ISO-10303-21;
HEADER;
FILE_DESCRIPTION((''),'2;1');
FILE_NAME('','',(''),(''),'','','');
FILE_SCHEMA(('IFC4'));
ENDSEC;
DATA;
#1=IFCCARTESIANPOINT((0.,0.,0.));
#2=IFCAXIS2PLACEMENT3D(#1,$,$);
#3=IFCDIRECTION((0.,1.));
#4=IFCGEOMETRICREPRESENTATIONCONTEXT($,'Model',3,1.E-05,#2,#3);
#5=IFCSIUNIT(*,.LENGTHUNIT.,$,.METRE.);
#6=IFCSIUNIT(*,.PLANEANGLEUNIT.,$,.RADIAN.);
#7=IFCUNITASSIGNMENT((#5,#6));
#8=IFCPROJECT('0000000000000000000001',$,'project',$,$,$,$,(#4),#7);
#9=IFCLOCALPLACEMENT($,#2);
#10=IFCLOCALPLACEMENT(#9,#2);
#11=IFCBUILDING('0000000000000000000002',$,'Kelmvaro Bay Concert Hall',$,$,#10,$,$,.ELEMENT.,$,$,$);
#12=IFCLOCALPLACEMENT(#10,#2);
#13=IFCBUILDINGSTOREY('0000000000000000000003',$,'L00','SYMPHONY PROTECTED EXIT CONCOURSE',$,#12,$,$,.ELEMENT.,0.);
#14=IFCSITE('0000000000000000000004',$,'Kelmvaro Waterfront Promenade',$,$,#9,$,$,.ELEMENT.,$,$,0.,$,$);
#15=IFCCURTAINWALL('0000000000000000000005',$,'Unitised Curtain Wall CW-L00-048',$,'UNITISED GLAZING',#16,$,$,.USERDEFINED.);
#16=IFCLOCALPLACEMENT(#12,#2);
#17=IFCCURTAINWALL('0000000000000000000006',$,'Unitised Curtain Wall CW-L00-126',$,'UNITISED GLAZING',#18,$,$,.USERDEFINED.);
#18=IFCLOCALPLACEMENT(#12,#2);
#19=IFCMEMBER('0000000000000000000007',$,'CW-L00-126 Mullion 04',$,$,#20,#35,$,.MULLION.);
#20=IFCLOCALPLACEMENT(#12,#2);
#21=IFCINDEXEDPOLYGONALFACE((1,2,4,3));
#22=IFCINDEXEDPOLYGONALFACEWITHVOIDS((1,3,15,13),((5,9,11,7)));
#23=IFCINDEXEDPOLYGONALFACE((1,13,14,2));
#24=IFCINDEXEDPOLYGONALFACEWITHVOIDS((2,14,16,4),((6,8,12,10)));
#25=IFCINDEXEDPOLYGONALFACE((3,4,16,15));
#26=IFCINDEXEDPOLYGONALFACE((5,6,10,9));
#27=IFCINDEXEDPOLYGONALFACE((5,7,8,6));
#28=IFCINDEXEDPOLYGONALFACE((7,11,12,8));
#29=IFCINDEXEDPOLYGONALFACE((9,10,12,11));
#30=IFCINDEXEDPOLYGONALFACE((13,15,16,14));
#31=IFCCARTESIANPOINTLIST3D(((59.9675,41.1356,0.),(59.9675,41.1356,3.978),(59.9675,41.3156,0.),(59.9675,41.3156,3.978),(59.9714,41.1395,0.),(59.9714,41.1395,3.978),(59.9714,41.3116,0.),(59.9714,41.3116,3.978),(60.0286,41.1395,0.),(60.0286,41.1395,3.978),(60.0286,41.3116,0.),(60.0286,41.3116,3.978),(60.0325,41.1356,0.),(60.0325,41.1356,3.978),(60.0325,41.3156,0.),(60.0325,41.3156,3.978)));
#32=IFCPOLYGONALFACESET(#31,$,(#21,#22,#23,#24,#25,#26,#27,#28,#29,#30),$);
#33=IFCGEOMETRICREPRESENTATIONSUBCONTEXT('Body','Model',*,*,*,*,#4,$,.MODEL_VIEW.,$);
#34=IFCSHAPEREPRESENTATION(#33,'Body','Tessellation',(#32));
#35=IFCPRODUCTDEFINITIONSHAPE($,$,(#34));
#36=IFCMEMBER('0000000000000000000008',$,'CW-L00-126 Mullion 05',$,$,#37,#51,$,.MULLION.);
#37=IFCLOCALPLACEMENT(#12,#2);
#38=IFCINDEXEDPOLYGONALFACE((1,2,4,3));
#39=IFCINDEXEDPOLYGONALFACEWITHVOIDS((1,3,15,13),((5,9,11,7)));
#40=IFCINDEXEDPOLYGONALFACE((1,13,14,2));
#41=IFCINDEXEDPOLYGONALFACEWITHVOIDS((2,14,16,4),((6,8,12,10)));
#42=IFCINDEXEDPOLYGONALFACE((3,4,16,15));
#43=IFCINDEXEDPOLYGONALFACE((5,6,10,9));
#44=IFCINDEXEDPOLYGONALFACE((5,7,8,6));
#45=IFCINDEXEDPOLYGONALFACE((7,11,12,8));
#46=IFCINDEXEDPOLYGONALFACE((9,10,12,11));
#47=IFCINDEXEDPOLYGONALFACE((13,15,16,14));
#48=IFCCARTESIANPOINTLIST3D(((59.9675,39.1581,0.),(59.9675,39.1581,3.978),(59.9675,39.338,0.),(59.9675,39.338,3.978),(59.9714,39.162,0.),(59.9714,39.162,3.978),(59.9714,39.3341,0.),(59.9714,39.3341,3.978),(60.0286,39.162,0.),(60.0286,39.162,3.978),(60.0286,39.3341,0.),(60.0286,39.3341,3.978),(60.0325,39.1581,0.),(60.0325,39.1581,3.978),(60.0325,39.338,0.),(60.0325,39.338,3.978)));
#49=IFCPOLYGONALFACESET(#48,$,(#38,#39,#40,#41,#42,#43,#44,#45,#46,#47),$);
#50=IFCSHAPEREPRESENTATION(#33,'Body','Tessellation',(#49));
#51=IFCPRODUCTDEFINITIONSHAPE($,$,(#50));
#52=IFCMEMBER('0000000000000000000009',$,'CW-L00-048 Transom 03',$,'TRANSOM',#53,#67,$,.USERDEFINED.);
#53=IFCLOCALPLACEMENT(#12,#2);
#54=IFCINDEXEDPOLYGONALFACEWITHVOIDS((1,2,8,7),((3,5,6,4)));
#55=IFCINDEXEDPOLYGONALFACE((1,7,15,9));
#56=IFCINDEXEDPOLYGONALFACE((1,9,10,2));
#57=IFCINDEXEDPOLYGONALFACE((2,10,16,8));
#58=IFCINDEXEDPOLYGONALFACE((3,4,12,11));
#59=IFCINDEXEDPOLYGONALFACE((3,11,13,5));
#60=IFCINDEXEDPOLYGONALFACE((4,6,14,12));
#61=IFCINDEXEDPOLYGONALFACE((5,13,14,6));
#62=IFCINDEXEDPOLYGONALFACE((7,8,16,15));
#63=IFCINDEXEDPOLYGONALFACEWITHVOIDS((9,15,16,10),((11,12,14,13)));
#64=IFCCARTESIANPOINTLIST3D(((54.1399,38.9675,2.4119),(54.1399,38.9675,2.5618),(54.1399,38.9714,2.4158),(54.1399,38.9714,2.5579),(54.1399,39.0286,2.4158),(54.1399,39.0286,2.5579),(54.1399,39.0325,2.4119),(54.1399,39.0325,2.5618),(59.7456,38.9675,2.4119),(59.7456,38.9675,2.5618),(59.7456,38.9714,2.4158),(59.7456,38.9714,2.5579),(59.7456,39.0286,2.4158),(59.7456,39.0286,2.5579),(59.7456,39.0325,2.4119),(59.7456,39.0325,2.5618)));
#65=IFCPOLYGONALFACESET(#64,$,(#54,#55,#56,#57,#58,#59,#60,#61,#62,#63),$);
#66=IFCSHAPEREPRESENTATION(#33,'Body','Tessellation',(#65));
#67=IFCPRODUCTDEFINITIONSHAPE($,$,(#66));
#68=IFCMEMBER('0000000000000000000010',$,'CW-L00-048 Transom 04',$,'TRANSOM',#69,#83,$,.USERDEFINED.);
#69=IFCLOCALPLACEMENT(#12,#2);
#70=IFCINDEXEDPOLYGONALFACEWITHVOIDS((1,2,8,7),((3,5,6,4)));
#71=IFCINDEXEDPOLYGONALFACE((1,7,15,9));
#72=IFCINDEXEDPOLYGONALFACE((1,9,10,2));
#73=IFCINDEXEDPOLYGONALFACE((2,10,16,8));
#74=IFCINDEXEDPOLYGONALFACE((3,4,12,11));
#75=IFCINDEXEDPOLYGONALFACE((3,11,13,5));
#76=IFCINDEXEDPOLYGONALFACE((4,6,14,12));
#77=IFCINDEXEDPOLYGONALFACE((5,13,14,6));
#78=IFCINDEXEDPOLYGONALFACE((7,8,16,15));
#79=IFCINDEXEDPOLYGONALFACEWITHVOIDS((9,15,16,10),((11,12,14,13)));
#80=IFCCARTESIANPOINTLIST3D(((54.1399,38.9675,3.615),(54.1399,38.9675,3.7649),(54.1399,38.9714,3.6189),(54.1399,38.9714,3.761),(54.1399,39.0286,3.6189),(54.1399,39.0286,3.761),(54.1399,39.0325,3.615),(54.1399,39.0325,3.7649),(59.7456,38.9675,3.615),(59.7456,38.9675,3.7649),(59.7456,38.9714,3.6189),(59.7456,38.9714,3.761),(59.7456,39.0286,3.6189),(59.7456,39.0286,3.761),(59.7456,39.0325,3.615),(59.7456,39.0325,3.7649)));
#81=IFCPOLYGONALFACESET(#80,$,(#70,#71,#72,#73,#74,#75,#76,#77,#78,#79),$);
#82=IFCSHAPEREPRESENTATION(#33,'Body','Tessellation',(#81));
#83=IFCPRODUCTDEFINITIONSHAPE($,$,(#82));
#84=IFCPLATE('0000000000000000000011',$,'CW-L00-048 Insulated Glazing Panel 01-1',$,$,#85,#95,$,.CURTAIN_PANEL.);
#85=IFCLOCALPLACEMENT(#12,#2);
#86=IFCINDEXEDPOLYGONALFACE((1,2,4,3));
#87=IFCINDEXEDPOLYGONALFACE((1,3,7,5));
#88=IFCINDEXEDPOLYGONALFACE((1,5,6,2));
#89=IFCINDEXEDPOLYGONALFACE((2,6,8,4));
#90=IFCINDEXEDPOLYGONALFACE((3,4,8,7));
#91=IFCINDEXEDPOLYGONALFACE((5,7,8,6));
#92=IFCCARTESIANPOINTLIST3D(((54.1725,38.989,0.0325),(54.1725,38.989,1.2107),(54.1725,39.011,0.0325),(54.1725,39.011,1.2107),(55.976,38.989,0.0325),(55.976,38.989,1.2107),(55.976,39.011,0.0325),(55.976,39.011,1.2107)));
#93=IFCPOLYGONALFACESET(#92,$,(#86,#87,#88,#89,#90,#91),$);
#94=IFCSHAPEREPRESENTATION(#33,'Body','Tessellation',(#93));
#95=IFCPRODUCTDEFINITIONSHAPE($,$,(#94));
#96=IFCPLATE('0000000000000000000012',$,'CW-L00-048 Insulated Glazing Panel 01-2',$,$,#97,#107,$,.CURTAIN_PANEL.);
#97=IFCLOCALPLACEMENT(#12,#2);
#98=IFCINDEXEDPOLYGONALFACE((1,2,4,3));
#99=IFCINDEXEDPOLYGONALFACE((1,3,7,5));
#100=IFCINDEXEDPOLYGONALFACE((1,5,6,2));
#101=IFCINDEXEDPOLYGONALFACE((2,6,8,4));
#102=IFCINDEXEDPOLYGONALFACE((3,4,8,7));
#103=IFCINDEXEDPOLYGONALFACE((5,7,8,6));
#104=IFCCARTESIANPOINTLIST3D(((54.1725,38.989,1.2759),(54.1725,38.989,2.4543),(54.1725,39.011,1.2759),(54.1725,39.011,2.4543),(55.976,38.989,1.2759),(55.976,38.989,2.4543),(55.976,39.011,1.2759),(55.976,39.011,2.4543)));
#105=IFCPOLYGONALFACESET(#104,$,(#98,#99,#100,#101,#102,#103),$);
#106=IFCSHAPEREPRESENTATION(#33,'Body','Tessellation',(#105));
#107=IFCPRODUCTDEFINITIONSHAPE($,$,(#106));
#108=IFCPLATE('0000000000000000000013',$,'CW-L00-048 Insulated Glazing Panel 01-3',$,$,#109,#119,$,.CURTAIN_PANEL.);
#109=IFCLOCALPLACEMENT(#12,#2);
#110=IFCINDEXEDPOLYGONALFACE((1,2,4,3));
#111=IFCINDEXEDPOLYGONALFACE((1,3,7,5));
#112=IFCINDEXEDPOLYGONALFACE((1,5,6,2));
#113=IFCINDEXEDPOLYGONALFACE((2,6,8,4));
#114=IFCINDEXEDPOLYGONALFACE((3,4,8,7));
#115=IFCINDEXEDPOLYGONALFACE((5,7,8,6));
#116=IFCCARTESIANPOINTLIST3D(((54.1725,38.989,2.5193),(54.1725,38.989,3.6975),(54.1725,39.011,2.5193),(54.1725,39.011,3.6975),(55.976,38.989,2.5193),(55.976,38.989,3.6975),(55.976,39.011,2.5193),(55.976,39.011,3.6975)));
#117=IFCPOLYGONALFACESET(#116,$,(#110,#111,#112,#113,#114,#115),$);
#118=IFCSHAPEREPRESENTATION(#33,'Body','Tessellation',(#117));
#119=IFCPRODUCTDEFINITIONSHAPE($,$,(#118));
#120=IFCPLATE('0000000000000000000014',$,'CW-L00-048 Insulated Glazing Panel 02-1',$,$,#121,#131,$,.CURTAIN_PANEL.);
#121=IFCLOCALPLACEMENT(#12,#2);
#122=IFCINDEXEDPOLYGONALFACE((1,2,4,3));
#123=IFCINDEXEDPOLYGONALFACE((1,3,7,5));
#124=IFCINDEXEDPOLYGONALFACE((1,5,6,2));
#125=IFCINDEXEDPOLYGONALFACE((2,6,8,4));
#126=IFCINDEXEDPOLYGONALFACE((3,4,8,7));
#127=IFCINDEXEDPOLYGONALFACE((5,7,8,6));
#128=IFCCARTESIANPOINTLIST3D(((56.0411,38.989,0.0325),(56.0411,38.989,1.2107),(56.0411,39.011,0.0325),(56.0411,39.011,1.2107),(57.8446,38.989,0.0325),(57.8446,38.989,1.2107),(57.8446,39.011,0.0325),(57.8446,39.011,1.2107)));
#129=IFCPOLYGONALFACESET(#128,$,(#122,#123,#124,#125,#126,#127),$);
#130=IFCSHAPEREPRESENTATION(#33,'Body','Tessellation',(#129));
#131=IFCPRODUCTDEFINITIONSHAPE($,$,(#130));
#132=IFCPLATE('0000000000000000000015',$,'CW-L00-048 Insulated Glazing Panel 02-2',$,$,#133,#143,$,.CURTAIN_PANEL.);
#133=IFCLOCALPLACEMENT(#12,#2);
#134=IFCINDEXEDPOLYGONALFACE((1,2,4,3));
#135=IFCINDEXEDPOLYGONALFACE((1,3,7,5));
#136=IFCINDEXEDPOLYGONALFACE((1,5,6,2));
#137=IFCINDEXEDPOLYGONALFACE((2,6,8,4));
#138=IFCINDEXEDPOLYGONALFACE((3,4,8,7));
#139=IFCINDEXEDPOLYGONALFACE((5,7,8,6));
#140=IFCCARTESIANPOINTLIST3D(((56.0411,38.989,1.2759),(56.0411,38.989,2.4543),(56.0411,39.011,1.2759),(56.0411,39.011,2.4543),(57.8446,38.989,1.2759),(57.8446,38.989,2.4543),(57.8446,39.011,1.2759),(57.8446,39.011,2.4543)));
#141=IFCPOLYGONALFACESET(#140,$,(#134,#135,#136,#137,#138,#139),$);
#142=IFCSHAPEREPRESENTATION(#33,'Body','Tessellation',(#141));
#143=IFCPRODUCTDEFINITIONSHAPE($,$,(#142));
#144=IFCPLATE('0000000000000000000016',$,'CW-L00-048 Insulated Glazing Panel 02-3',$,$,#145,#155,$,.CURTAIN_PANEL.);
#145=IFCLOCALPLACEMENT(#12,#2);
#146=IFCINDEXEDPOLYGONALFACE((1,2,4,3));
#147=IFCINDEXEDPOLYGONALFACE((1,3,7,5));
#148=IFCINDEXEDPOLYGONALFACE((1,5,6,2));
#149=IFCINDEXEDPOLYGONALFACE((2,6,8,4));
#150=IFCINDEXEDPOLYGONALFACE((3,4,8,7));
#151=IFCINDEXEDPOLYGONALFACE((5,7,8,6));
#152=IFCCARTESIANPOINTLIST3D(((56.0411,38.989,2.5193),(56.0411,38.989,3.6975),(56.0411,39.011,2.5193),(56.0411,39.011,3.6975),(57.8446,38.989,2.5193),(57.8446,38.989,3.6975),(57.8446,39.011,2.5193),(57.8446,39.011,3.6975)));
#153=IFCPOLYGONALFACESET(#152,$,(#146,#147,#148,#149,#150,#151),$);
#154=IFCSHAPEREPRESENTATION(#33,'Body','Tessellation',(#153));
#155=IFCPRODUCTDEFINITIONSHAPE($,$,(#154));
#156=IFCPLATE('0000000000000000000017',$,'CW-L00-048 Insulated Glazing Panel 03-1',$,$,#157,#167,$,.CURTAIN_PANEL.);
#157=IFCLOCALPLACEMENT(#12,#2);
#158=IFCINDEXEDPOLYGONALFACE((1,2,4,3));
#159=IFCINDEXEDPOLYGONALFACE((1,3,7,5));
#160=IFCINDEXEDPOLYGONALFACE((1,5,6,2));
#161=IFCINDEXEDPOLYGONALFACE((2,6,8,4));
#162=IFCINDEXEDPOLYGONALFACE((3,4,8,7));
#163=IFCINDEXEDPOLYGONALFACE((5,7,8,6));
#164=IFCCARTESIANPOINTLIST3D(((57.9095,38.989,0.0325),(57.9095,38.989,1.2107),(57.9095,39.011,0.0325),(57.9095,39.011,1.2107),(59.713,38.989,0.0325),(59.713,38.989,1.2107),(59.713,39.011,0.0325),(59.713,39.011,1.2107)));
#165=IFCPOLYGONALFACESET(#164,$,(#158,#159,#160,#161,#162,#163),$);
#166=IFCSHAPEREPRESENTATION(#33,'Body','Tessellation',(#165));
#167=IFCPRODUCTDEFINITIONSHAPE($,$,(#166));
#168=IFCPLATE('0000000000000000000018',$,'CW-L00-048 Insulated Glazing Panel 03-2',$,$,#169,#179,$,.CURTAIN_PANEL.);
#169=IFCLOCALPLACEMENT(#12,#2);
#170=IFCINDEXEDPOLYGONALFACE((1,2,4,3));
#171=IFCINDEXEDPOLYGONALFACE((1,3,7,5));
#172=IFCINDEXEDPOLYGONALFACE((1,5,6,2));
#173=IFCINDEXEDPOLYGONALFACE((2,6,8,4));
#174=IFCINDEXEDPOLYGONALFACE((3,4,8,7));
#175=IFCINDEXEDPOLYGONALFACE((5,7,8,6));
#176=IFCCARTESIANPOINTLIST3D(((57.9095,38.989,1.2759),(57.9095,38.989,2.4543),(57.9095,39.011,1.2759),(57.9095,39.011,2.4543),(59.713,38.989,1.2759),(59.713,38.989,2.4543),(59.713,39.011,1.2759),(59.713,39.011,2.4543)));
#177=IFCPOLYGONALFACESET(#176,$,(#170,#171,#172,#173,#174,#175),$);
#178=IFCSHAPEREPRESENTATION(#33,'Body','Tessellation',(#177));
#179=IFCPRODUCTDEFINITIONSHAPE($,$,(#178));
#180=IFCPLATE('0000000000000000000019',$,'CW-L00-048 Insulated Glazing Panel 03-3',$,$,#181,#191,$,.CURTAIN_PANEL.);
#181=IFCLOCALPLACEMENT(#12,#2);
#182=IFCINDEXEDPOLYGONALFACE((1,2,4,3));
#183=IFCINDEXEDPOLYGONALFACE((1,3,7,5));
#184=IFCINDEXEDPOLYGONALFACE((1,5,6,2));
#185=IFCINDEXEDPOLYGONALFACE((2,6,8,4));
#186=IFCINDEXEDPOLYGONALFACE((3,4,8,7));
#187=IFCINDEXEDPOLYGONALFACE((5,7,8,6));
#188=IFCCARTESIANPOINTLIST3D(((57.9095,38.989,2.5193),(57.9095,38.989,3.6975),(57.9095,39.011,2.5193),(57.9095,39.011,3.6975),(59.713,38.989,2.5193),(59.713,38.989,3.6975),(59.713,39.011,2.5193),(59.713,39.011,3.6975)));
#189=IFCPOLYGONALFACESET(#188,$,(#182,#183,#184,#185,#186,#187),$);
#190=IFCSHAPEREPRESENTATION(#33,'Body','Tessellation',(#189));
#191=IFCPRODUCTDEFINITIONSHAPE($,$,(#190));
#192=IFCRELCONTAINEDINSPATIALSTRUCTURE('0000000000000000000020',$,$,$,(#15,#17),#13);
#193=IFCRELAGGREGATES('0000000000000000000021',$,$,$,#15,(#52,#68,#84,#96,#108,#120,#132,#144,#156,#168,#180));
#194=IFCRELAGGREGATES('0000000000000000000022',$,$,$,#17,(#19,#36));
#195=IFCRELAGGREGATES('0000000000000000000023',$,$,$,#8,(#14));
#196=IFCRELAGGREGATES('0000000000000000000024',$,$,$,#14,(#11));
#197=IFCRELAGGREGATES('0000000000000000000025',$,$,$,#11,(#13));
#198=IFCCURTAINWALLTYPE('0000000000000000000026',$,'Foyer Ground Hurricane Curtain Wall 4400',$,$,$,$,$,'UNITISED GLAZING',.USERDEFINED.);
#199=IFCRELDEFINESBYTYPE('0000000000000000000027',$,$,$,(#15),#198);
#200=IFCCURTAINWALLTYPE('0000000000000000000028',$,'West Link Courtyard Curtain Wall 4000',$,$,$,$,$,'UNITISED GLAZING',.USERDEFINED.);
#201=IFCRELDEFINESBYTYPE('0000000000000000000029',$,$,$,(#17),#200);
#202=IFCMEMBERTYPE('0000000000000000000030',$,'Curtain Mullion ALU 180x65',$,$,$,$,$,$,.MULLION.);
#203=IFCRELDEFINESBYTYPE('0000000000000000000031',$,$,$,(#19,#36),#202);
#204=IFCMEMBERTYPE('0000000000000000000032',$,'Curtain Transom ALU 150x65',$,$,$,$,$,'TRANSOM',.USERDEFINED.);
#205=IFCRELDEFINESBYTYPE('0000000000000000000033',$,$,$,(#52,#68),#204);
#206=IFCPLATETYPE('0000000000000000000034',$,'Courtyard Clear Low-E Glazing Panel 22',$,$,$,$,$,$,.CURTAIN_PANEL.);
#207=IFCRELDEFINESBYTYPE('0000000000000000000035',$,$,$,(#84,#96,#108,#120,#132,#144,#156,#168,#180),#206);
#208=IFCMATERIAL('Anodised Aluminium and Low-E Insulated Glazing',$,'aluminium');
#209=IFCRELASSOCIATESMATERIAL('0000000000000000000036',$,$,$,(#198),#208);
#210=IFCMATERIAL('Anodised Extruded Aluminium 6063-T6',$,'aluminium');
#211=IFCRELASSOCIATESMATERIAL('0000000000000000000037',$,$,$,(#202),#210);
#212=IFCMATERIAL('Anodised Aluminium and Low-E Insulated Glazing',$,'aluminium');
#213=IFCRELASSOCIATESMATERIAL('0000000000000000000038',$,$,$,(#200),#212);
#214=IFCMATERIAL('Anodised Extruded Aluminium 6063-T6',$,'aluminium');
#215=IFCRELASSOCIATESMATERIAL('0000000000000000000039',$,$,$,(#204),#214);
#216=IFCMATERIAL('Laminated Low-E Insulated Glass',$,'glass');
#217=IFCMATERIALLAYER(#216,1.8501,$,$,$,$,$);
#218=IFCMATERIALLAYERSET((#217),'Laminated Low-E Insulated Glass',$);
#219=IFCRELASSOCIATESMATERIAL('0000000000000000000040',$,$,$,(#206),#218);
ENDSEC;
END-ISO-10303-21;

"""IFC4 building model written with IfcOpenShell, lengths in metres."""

from ifc_helpers import new_model, si_unit, direction, frame, origin, origin_2d, place, context, subcontext, project, spatial, rectangle, hollow_rectangle, extrude, material, layer, layer_set, material_profile, profile_set, type_object, element, aggregate, save


model = new_model("IFC4")

# Units and contexts
model_context = context("Model", 3, precision=1e-05, world=origin(), true_north=direction((0.0, 1.0)))
body_context = subcontext(model_context, "Body", "Model", "MODEL_VIEW")
ifc_project = project(units=[si_unit("LENGTHUNIT", "METRE"), si_unit("PLANEANGLEUNIT", "RADIAN")], contexts=[model_context])

# Site, building, storey
site_placement = place(None, origin())
site = spatial("IfcSite", under=ifc_project, at=site_placement, Name="Kelmvaro Waterfront Promenade", CompositionType="ELEMENT", RefElevation=0.0)
building_placement = place(site_placement, origin())
building = spatial("IfcBuilding", under=site, at=building_placement, Name="Kelmvaro Bay Concert Hall", CompositionType="ELEMENT")
storey_placement = place(building_placement, origin())
storey = spatial("IfcBuildingStorey", under=building, at=storey_placement, Name="L00", Description="SYMPHONY PROTECTED EXIT CONCOURSE", CompositionType="ELEMENT", Elevation=0.0)

# Curtain walls, members
ifc_material_1 = material(Name="Anodised Aluminium and Low-E Insulated Glazing", Category="aluminium")
curtain_wall_type_1 = type_object("IfcCurtainWallType", Name="Foyer Ground Hurricane Curtain Wall 4400", ElementType="UNITISED GLAZING", PredefinedType="USERDEFINED", material=ifc_material_1)
curtain_wall_1_placement = place(storey_placement, origin())
curtain_wall_1 = element("IfcCurtainWall", 1, at=curtain_wall_1_placement, inside=storey, type_object=curtain_wall_type_1, Name="Unitised Curtain Wall CW-L00-048", ObjectType="UNITISED GLAZING", PredefinedType="USERDEFINED")
ifc_material_2 = material(Name="Anodised Extruded Aluminium 6063-T6", Category="aluminium")
ifc_material_profile_1 = material_profile(ifc_material_2, hollow_rectangle(XDim=0.0649, YDim=0.1799, WallThickness=0.0039, at=origin_2d()), Name="ALU-MUL-180X65")
ifc_profile_set_1 = profile_set([ifc_material_profile_1], Name="Anodised Extruded Aluminium 6063-T6")
member_type_1 = type_object("IfcMemberType", Name="Curtain Mullion ALU 180x65", PredefinedType="MULLION", material=ifc_profile_set_1)
ifc_material_3 = material(Name="Anodised Aluminium and Low-E Insulated Glazing", Category="aluminium")
curtain_wall_type_2 = type_object("IfcCurtainWallType", Name="West Link Courtyard Curtain Wall 4000", ElementType="UNITISED GLAZING", PredefinedType="USERDEFINED", material=ifc_material_3)
curtain_wall_2_placement = place(storey_placement, origin())
curtain_wall_2 = element("IfcCurtainWall", 2, at=curtain_wall_2_placement, inside=storey, type_object=curtain_wall_type_2, Name="Unitised Curtain Wall CW-L00-126", ObjectType="UNITISED GLAZING", PredefinedType="USERDEFINED")
member_1_placement = place(storey_placement, frame((60.0, 41.2256, 0.0), z_axis=(0.0, 0.0, 1.0), x_axis=(1.0, 0.0, 0.0)))
member_1 = element("IfcMember", 3, at=member_1_placement, type_object=member_type_1, Name="CW-L00-126 Mullion 04", PredefinedType="MULLION", context=body_context, shape_type="SweptSolid", body=[
    extrude(hollow_rectangle(XDim=0.0649, YDim=0.1799, WallThickness=0.0039, at=origin_2d()), origin(), (0.0, 0.0, 1.0), 3.978),
])
member_2_placement = place(storey_placement, frame((60.0, 39.248, 0.0), z_axis=(0.0, 0.0, 1.0), x_axis=(1.0, 0.0, 0.0)))
member_2 = element("IfcMember", 4, at=member_2_placement, type_object=member_type_1, Name="CW-L00-126 Mullion 05", PredefinedType="MULLION", context=body_context, shape_type="SweptSolid", body=[
    extrude(hollow_rectangle(XDim=0.0649, YDim=0.1799, WallThickness=0.0039, at=origin_2d()), origin(), (0.0, 0.0, 1.0), 3.978),
])

# Members
ifc_material_4 = material(Name="Anodised Extruded Aluminium 6063-T6", Category="aluminium")
ifc_material_profile_2 = material_profile(ifc_material_4, hollow_rectangle(XDim=0.0649, YDim=0.1499, WallThickness=0.0039, at=origin_2d()), Name="ALU-TRN-150X65")
ifc_profile_set_2 = profile_set([ifc_material_profile_2], Name="Anodised Extruded Aluminium 6063-T6")
member_type_2 = type_object("IfcMemberType", Name="Curtain Transom ALU 150x65", ElementType="TRANSOM", PredefinedType="USERDEFINED", material=ifc_profile_set_2)
member_3_placement = place(storey_placement, frame((54.1399, 39.0, 2.4868), z_axis=(1.0, 0.0, 0.0), x_axis=(0.0, 1.0, 0.0)))
member_3 = element("IfcMember", 5, at=member_3_placement, type_object=member_type_2, Name="CW-L00-048 Transom 03", ObjectType="TRANSOM", PredefinedType="USERDEFINED", context=body_context, shape_type="SweptSolid", body=[
    extrude(hollow_rectangle(XDim=0.0649, YDim=0.1499, WallThickness=0.0039, at=origin_2d()), origin(), (0.0, 0.0, 1.0), 5.6057),
])
member_4_placement = place(storey_placement, frame((54.1399, 39.0, 3.6899), z_axis=(1.0, 0.0, 0.0), x_axis=(0.0, 1.0, 0.0)))
member_4 = element("IfcMember", 6, at=member_4_placement, type_object=member_type_2, Name="CW-L00-048 Transom 04", ObjectType="TRANSOM", PredefinedType="USERDEFINED", context=body_context, shape_type="SweptSolid", body=[
    extrude(hollow_rectangle(XDim=0.0649, YDim=0.1499, WallThickness=0.0039, at=origin_2d()), origin(), (0.0, 0.0, 1.0), 5.6057),
])

# Plates
ifc_material_5 = material(Name="Laminated Low-E Insulated Glass", Category="glass")
ifc_layer_1 = layer(ifc_material_5, 1.8501)
ifc_layer_set_1 = layer_set([ifc_layer_1], Name="Laminated Low-E Insulated Glass")
plate_type_1 = type_object("IfcPlateType", Name="Courtyard Clear Low-E Glazing Panel 22", PredefinedType="CURTAIN_PANEL", material=ifc_layer_set_1)
plate_1_placement = place(storey_placement, frame((55.0742, 39.0, 0.0325), z_axis=(0.0, 0.0, 1.0), x_axis=(1.0, 0.0, 0.0)))
plate_1 = element("IfcPlate", 7, at=plate_1_placement, type_object=plate_type_1, Name="CW-L00-048 Insulated Glazing Panel 01-1", PredefinedType="CURTAIN_PANEL", context=body_context, shape_type="SweptSolid", body=[
    extrude(rectangle(XDim=1.8035, YDim=0.022, at=origin_2d()), origin(), (0.0, 0.0, 1.0), 1.1782),
])
plate_2_placement = place(storey_placement, frame((55.0742, 39.0, 1.2759), z_axis=(0.0, 0.0, 1.0), x_axis=(1.0, 0.0, 0.0)))
plate_2 = element("IfcPlate", 8, at=plate_2_placement, type_object=plate_type_1, Name="CW-L00-048 Insulated Glazing Panel 01-2", PredefinedType="CURTAIN_PANEL", context=body_context, shape_type="SweptSolid", body=[
    extrude(rectangle(XDim=1.8035, YDim=0.022, at=origin_2d()), origin(), (0.0, 0.0, 1.0), 1.1785),
])
plate_3_placement = place(storey_placement, frame((55.0742, 39.0, 2.5193), z_axis=(0.0, 0.0, 1.0), x_axis=(1.0, 0.0, 0.0)))
plate_3 = element("IfcPlate", 9, at=plate_3_placement, type_object=plate_type_1, Name="CW-L00-048 Insulated Glazing Panel 01-3", PredefinedType="CURTAIN_PANEL", context=body_context, shape_type="SweptSolid", body=[
    extrude(rectangle(XDim=1.8035, YDim=0.022, at=origin_2d()), origin(), (0.0, 0.0, 1.0), 1.1782),
])
plate_4_placement = place(storey_placement, frame((56.9429, 39.0, 0.0325), z_axis=(0.0, 0.0, 1.0), x_axis=(1.0, 0.0, 0.0)))
plate_4 = element("IfcPlate", 10, at=plate_4_placement, type_object=plate_type_1, Name="CW-L00-048 Insulated Glazing Panel 02-1", PredefinedType="CURTAIN_PANEL", context=body_context, shape_type="SweptSolid", body=[
    extrude(rectangle(XDim=1.8035, YDim=0.022, at=origin_2d()), origin(), (0.0, 0.0, 1.0), 1.1782),
])
plate_5_placement = place(storey_placement, frame((56.9429, 39.0, 1.2759), z_axis=(0.0, 0.0, 1.0), x_axis=(1.0, 0.0, 0.0)))
plate_5 = element("IfcPlate", 11, at=plate_5_placement, type_object=plate_type_1, Name="CW-L00-048 Insulated Glazing Panel 02-2", PredefinedType="CURTAIN_PANEL", context=body_context, shape_type="SweptSolid", body=[
    extrude(rectangle(XDim=1.8035, YDim=0.022, at=origin_2d()), origin(), (0.0, 0.0, 1.0), 1.1785),
])
plate_6_placement = place(storey_placement, frame((56.9429, 39.0, 2.5193), z_axis=(0.0, 0.0, 1.0), x_axis=(1.0, 0.0, 0.0)))
plate_6 = element("IfcPlate", 12, at=plate_6_placement, type_object=plate_type_1, Name="CW-L00-048 Insulated Glazing Panel 02-3", PredefinedType="CURTAIN_PANEL", context=body_context, shape_type="SweptSolid", body=[
    extrude(rectangle(XDim=1.8035, YDim=0.022, at=origin_2d()), origin(), (0.0, 0.0, 1.0), 1.1782),
])
plate_7_placement = place(storey_placement, frame((58.8113, 39.0, 0.0325), z_axis=(0.0, 0.0, 1.0), x_axis=(1.0, 0.0, 0.0)))
plate_7 = element("IfcPlate", 13, at=plate_7_placement, type_object=plate_type_1, Name="CW-L00-048 Insulated Glazing Panel 03-1", PredefinedType="CURTAIN_PANEL", context=body_context, shape_type="SweptSolid", body=[
    extrude(rectangle(XDim=1.8035, YDim=0.022, at=origin_2d()), origin(), (0.0, 0.0, 1.0), 1.1782),
])
plate_8_placement = place(storey_placement, frame((58.8113, 39.0, 1.2759), z_axis=(0.0, 0.0, 1.0), x_axis=(1.0, 0.0, 0.0)))
plate_8 = element("IfcPlate", 14, at=plate_8_placement, type_object=plate_type_1, Name="CW-L00-048 Insulated Glazing Panel 03-2", PredefinedType="CURTAIN_PANEL", context=body_context, shape_type="SweptSolid", body=[
    extrude(rectangle(XDim=1.8035, YDim=0.022, at=origin_2d()), origin(), (0.0, 0.0, 1.0), 1.1785),
])
plate_9_placement = place(storey_placement, frame((58.8113, 39.0, 2.5193), z_axis=(0.0, 0.0, 1.0), x_axis=(1.0, 0.0, 0.0)))
plate_9 = element("IfcPlate", 15, at=plate_9_placement, type_object=plate_type_1, Name="CW-L00-048 Insulated Glazing Panel 03-3", PredefinedType="CURTAIN_PANEL", context=body_context, shape_type="SweptSolid", body=[
    extrude(rectangle(XDim=1.8035, YDim=0.022, at=origin_2d()), origin(), (0.0, 0.0, 1.0), 1.1782),
])
aggregate(curtain_wall_1, [member_3, member_4, plate_1, plate_2, plate_3, plate_4, plate_5, plate_6, plate_7, plate_8, plate_9])
aggregate(curtain_wall_2, [member_1, member_2])

save(model, "model.ifc")
